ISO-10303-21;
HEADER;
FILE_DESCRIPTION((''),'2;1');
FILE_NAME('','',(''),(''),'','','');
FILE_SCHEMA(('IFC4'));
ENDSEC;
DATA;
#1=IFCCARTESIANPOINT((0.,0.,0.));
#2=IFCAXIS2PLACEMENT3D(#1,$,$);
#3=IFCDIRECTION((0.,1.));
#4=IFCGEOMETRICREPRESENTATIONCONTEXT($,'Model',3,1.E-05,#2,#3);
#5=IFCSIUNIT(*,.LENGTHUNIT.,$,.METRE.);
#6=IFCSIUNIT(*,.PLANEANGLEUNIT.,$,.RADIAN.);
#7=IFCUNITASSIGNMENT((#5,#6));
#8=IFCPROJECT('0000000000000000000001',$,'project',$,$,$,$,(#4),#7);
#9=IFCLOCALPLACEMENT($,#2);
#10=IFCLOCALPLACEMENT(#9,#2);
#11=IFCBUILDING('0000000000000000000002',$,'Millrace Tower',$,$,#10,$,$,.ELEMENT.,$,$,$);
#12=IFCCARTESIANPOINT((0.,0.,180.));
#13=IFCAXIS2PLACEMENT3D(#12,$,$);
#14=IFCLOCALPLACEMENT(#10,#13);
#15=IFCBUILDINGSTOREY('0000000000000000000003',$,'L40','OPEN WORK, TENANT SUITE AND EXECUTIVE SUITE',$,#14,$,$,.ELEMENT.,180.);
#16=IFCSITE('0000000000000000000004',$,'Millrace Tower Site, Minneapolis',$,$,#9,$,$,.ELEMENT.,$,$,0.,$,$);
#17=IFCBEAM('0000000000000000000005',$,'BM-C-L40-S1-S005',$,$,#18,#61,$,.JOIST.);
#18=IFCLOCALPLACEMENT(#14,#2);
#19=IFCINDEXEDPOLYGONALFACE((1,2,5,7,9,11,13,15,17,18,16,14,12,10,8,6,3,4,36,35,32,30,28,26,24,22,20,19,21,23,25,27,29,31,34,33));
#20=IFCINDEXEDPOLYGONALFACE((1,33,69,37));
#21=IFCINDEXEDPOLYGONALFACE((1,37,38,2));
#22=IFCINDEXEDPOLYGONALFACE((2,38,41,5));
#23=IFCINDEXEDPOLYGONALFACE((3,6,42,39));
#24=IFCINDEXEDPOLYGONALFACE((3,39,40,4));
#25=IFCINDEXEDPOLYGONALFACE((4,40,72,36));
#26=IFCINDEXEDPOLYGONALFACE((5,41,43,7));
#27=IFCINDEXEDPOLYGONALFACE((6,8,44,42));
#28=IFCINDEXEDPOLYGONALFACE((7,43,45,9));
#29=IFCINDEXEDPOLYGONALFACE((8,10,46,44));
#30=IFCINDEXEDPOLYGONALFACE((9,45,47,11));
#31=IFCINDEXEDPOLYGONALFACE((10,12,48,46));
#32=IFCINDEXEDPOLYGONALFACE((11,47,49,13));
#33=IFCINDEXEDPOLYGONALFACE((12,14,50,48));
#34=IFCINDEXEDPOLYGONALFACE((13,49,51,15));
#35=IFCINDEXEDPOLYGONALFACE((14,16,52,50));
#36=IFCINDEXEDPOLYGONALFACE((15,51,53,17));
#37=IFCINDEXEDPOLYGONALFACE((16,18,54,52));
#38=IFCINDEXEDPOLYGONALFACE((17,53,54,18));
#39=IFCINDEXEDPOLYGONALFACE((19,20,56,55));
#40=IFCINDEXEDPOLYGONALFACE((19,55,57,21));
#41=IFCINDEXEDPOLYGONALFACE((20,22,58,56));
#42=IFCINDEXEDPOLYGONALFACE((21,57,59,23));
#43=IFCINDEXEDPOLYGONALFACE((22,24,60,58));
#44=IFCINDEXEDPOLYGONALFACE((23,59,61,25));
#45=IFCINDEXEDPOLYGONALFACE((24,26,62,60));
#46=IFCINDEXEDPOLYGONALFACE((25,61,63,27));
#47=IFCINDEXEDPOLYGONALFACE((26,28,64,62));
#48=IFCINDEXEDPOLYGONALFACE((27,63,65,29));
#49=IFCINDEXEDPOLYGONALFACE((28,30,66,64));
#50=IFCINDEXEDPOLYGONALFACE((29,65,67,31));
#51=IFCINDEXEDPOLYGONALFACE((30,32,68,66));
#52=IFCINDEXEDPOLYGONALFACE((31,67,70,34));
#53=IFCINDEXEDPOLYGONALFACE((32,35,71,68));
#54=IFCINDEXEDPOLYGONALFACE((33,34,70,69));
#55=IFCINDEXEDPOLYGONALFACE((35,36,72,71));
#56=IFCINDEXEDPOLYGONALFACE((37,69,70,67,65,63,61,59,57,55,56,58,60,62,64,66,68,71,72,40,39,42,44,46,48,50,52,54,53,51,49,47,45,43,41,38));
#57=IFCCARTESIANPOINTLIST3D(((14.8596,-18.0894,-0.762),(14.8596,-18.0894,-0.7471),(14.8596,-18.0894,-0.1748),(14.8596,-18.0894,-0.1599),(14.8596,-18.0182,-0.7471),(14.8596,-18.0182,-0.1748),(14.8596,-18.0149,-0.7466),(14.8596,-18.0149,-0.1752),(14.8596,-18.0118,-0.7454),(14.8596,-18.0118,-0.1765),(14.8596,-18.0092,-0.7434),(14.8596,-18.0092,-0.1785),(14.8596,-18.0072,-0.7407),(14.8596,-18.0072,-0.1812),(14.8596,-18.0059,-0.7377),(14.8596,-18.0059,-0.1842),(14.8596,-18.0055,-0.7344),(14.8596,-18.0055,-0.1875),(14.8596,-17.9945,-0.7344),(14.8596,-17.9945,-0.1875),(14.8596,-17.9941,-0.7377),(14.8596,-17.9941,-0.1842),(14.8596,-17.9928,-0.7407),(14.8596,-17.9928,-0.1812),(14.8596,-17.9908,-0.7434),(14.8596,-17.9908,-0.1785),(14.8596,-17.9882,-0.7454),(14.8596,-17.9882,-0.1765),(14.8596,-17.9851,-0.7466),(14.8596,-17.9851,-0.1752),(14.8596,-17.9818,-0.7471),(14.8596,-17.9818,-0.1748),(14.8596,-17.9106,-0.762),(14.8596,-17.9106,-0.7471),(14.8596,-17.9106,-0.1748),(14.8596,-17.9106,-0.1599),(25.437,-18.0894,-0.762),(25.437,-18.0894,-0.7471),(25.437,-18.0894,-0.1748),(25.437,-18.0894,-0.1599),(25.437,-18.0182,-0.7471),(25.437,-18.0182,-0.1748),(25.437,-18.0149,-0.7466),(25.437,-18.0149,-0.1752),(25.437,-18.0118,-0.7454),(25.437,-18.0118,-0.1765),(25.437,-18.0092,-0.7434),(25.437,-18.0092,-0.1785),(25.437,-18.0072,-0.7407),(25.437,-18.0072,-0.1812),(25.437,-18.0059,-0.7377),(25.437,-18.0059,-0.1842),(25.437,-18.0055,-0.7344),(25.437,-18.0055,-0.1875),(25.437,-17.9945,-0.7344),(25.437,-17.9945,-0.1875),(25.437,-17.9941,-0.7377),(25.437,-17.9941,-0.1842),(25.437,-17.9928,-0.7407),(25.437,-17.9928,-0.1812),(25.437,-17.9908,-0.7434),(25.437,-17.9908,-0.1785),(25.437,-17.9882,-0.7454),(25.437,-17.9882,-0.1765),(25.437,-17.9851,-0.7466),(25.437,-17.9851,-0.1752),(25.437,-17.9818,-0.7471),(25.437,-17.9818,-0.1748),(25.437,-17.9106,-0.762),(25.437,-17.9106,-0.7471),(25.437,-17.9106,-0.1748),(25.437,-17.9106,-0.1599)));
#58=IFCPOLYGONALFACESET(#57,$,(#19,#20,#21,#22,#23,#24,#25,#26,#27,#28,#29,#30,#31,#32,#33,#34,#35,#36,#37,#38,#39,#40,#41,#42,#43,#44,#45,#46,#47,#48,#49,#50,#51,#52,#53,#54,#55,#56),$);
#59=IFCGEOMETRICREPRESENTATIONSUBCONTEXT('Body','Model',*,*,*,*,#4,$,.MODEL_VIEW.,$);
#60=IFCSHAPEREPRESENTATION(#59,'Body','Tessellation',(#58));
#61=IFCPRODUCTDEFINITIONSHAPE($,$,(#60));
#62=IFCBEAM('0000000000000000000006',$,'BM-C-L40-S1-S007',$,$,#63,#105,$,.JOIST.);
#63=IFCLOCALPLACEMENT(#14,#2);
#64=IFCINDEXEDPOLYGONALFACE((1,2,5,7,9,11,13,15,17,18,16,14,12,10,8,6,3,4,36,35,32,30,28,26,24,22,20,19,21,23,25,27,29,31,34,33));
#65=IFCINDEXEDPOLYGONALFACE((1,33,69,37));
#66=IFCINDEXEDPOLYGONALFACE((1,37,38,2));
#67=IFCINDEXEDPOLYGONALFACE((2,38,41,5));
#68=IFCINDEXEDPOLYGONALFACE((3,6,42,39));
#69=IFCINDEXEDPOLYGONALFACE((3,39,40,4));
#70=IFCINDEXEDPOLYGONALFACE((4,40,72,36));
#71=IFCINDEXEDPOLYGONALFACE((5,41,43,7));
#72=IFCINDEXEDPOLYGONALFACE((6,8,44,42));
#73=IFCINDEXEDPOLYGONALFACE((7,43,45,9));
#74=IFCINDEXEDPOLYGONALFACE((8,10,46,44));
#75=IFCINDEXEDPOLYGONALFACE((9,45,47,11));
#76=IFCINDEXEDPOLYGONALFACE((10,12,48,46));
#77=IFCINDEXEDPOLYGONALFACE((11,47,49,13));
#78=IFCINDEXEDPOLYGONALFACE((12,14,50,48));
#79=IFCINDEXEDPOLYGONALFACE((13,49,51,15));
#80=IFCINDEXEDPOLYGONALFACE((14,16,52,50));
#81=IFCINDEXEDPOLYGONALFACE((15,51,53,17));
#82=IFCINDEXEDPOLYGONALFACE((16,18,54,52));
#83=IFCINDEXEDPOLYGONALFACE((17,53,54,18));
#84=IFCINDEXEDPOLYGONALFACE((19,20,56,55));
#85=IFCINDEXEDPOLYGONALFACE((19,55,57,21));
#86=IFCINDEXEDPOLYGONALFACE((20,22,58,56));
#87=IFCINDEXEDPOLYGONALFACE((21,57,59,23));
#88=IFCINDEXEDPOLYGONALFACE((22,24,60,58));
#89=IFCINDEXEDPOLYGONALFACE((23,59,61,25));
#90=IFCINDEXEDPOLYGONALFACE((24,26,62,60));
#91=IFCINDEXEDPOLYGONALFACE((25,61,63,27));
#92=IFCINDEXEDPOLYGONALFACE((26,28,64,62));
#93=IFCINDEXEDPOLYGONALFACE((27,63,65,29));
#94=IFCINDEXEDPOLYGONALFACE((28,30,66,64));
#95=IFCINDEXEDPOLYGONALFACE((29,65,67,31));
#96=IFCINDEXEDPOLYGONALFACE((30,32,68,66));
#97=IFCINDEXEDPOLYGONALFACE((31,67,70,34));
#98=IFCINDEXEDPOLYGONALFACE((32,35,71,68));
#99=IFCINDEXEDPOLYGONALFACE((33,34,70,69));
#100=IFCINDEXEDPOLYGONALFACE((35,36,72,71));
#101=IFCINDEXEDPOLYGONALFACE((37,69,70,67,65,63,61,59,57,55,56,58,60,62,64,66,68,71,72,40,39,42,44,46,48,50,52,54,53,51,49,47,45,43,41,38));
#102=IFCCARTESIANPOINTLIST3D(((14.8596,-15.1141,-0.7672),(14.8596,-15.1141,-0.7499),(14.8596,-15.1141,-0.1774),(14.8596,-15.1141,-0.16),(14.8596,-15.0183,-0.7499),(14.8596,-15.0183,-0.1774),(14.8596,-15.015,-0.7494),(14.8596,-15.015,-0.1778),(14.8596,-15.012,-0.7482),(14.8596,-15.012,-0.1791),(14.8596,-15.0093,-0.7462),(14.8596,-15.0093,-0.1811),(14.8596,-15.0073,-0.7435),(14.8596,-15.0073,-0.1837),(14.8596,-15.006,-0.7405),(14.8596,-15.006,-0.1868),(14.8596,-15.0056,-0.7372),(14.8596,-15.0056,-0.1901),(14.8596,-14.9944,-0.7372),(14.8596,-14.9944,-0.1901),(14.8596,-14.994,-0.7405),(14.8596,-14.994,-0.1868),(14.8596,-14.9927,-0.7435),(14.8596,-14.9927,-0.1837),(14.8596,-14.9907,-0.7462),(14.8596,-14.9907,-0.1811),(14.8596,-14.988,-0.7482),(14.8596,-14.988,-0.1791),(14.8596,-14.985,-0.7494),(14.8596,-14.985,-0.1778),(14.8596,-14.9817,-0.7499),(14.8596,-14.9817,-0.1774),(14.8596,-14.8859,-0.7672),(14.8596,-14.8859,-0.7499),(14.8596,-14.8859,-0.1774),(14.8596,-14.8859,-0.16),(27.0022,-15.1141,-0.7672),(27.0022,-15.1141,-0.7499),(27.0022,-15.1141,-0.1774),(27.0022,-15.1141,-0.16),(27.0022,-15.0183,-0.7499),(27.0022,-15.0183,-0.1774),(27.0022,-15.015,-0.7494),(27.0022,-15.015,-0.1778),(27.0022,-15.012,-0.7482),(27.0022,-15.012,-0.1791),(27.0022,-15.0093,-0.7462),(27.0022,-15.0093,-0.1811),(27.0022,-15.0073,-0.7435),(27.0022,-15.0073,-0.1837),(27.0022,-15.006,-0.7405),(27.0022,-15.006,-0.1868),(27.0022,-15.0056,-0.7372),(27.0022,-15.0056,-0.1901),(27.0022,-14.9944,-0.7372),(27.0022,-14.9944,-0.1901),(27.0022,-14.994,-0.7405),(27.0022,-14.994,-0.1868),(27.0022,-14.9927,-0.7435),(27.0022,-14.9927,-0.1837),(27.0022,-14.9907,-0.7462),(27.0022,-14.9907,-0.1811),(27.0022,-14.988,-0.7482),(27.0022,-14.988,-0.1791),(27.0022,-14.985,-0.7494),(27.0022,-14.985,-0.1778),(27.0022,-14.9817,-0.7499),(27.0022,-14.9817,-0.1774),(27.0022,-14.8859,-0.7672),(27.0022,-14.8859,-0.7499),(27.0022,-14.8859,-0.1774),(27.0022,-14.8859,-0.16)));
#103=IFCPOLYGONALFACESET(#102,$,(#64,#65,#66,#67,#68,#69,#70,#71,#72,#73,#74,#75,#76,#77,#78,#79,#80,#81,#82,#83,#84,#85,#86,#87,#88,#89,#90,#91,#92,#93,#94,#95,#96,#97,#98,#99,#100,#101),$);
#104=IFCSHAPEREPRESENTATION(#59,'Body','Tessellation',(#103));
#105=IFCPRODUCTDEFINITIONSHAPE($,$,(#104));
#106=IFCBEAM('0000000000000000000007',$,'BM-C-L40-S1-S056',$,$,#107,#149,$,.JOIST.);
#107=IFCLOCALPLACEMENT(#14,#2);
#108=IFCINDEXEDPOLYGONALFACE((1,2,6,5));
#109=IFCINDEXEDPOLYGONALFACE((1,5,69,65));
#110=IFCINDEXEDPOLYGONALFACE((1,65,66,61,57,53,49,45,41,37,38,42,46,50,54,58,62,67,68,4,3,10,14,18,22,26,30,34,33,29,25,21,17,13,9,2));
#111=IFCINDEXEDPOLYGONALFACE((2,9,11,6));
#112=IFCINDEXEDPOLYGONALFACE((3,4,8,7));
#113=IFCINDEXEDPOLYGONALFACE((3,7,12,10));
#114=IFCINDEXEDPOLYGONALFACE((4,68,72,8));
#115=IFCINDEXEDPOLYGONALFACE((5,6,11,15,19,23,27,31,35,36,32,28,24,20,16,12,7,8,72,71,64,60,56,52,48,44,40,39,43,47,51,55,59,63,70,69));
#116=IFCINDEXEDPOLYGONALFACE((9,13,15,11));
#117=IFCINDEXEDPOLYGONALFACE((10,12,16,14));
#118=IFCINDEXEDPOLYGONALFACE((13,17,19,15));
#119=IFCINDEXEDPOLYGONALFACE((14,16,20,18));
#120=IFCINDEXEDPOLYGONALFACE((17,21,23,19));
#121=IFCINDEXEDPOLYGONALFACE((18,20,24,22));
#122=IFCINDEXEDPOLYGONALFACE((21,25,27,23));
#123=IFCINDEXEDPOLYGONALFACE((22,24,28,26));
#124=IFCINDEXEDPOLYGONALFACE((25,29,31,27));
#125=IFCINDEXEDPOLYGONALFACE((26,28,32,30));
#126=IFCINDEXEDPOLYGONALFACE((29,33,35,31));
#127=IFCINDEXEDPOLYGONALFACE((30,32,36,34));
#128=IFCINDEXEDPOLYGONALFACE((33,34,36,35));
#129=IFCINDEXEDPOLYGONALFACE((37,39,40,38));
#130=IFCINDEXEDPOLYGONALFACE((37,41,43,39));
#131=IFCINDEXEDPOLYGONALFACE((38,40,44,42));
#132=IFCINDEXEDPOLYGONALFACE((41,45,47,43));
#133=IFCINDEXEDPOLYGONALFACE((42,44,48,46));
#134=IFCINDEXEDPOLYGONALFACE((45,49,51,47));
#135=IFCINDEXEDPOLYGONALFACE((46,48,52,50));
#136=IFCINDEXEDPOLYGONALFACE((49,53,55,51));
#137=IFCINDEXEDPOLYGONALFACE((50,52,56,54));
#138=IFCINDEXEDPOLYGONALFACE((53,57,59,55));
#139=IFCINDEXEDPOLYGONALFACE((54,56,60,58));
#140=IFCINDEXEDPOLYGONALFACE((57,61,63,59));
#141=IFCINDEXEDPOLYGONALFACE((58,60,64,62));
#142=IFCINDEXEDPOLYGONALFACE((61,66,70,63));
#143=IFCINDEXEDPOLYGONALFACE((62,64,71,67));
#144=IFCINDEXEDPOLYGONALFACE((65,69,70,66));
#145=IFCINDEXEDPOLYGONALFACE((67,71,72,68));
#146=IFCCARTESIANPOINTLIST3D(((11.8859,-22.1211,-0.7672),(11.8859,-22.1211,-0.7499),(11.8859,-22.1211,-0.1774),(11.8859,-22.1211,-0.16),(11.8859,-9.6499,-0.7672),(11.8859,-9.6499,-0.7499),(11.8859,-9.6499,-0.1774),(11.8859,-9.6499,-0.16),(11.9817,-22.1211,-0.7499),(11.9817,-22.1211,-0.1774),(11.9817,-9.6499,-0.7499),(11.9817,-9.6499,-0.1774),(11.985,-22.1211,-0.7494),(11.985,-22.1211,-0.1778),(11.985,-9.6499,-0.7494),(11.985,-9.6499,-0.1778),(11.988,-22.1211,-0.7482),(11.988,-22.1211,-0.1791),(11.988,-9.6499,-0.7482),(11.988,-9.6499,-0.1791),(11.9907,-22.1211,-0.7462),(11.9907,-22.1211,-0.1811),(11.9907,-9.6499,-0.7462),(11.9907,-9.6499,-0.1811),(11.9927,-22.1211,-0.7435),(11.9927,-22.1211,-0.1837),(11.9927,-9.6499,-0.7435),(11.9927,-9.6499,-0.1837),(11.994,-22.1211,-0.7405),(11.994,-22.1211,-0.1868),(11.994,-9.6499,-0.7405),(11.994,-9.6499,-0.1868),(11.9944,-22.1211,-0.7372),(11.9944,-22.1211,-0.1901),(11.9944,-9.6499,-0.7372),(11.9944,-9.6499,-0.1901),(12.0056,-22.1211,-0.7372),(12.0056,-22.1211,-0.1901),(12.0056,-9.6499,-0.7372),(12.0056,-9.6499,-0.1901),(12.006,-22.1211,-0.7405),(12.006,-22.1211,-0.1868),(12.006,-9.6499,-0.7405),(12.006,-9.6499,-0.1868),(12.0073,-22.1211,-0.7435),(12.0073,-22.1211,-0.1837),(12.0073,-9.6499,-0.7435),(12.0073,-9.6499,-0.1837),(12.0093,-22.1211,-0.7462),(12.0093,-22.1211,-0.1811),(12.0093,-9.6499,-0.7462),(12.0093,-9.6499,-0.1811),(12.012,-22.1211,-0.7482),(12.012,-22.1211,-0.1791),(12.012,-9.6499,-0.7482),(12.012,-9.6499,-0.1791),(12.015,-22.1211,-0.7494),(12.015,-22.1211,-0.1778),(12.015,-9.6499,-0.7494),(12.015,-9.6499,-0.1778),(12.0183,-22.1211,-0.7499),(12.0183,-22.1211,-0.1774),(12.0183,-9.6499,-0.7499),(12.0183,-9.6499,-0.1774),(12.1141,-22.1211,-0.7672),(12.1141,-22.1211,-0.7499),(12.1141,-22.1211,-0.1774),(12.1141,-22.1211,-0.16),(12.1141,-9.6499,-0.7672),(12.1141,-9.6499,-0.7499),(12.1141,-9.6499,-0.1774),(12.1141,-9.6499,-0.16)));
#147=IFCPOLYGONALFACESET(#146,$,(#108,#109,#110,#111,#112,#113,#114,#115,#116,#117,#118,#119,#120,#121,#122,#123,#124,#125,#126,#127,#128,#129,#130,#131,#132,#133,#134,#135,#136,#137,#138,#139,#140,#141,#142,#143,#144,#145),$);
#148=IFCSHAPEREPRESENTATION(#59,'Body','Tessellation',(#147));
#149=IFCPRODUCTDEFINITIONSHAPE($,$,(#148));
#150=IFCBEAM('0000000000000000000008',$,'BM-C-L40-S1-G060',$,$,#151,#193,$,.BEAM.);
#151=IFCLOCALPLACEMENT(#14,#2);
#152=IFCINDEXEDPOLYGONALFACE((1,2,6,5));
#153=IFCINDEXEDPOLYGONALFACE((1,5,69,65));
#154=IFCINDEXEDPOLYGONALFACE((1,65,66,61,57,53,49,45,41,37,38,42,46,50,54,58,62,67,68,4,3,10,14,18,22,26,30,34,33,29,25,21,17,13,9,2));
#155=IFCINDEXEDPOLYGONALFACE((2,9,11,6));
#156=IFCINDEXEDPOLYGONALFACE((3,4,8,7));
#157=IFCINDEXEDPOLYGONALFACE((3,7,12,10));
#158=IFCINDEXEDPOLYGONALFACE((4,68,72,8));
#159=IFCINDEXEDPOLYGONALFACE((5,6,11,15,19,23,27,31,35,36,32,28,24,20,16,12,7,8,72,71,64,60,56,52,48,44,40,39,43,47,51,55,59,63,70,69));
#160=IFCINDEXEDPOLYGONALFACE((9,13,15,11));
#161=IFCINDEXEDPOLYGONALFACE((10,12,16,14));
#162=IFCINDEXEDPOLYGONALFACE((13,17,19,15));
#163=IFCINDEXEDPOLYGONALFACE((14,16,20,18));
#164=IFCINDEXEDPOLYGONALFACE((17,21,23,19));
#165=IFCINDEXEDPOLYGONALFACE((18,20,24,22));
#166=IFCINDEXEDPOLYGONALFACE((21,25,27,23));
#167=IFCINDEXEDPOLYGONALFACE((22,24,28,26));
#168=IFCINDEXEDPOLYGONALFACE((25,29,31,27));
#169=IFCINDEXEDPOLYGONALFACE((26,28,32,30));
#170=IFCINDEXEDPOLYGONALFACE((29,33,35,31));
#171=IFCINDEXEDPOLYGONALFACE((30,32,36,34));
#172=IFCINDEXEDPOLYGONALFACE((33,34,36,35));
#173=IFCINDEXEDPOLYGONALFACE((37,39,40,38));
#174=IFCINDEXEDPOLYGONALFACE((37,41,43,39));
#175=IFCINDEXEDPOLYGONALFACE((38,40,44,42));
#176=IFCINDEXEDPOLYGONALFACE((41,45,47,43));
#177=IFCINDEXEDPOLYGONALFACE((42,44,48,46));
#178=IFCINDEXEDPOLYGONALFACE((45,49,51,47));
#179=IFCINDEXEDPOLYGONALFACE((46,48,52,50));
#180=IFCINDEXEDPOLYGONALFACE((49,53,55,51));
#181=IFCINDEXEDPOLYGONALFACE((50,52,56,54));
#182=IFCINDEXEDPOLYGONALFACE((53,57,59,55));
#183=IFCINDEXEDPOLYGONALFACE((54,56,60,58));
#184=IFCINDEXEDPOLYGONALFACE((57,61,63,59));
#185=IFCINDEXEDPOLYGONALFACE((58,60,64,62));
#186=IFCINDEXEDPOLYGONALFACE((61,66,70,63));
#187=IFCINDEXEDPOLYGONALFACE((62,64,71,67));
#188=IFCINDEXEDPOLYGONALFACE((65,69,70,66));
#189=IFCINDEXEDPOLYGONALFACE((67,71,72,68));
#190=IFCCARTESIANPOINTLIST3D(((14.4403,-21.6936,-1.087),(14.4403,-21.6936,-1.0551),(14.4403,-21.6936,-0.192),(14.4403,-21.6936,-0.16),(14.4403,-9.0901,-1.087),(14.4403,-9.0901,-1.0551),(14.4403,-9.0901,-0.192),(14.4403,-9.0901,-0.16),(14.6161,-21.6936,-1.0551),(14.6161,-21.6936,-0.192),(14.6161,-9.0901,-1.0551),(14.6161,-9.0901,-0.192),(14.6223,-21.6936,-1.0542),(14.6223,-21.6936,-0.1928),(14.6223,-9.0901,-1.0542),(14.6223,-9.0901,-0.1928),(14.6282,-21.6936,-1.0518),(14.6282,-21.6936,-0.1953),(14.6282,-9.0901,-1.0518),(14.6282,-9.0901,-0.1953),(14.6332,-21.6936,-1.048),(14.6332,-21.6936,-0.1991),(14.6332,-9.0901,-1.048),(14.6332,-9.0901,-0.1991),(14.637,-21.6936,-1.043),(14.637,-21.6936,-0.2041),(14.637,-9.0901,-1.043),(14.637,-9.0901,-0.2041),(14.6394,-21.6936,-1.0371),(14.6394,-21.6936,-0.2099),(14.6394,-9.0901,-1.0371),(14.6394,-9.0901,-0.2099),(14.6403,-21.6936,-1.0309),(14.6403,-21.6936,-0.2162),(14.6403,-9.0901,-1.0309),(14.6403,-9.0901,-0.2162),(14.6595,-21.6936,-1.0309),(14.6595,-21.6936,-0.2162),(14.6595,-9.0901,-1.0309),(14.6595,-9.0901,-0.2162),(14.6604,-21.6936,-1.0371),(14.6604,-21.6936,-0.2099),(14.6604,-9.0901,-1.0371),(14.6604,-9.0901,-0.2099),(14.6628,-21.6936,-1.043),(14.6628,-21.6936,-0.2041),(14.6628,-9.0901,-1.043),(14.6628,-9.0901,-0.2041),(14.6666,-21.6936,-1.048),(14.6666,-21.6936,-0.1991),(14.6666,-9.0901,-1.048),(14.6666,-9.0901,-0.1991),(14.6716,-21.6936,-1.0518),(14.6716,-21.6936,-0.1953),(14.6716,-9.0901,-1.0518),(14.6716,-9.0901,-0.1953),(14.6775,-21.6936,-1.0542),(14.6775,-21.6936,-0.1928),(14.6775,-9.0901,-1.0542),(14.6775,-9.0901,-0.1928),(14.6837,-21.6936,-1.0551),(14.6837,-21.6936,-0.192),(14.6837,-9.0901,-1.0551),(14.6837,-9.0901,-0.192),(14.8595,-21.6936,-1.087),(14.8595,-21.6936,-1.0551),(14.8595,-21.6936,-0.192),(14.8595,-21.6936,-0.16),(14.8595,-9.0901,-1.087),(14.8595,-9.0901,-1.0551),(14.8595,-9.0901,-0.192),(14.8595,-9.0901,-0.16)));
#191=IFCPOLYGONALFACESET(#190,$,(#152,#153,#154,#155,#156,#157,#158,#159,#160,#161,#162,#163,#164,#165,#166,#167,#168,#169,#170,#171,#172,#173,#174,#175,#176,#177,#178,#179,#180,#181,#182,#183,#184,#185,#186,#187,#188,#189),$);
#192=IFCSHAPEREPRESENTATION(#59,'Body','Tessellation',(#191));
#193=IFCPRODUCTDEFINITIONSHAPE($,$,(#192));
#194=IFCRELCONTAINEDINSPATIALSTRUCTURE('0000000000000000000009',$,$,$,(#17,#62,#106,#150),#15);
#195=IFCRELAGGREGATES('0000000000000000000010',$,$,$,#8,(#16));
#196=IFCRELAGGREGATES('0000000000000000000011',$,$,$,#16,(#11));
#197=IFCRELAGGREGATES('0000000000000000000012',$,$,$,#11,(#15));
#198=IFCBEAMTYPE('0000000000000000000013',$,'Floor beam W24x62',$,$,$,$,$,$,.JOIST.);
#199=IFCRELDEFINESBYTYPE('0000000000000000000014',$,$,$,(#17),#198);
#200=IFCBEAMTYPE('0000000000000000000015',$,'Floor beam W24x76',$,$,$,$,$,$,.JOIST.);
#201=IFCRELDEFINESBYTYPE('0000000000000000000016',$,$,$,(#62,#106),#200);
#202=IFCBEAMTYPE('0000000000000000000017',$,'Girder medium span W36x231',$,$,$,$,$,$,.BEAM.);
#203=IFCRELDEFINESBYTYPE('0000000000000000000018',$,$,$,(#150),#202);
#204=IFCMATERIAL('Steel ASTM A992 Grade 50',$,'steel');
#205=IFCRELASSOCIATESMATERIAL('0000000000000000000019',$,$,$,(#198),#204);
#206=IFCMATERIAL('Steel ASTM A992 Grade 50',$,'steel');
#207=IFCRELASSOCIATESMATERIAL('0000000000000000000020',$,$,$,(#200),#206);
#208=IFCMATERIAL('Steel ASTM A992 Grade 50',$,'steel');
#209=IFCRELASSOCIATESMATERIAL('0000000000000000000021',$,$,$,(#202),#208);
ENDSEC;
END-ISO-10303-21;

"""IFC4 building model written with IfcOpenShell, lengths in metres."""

from ifc_helpers import new_model, si_unit, direction, frame, origin, origin_2d, place, context, subcontext, project, spatial, i_section, extrude, material, material_profile, profile_set, type_object, element, save


model = new_model("IFC4")

# Units and contexts
model_context = context("Model", 3, precision=1e-05, world=origin(), true_north=direction((0.0, 1.0)))
body_context = subcontext(model_context, "Body", "Model", "MODEL_VIEW")
ifc_project = project(units=[si_unit("LENGTHUNIT", "METRE"), si_unit("PLANEANGLEUNIT", "RADIAN")], contexts=[model_context])

# Site, building, storey
site_placement = place(None, origin())
site = spatial("IfcSite", under=ifc_project, at=site_placement, Name="Millrace Tower Site, Minneapolis", CompositionType="ELEMENT", RefElevation=0.0)
building_placement = place(site_placement, origin())
building = spatial("IfcBuilding", under=site, at=building_placement, Name="Millrace Tower", CompositionType="ELEMENT")
storey_placement = place(building_placement, frame((0.0, 0.0, 180.0)))
storey = spatial("IfcBuildingStorey", under=building, at=storey_placement, Name="L40", Description="OPEN WORK, TENANT SUITE AND EXECUTIVE SUITE", CompositionType="ELEMENT", Elevation=180.0)

# Beams
ifc_material_1 = material(Name="Steel ASTM A992 Grade 50", Category="steel")
ifc_material_profile_1 = material_profile(ifc_material_1, i_section(OverallWidth=0.1787, OverallDepth=0.6021, WebThickness=0.011, FlangeThickness=0.0149, FilletRadius=0.0127, at=origin_2d()))
ifc_profile_set_1 = profile_set([ifc_material_profile_1], Name="Steel ASTM A992 Grade 50")
beam_type_1 = type_object("IfcBeamType", Name="Floor beam W24x62", PredefinedType="JOIST", material=ifc_profile_set_1)
beam_1_placement = place(storey_placement, frame((14.8596, -18.0, -0.4609), z_axis=(1.0, 0.0, 0.0), x_axis=(0.0, 1.0, 0.0)))
element("IfcBeam", 1, at=beam_1_placement, inside=storey, type_object=beam_type_1, Name="BM-C-L40-S1-S005", PredefinedType="JOIST", context=body_context, shape_type="SweptSolid", body=[
    extrude(i_section(OverallWidth=0.1787, OverallDepth=0.6021, WebThickness=0.011, FlangeThickness=0.0149, FilletRadius=0.0127, at=origin_2d()), origin(), (0.0, 0.0, 1.0), 10.5774),
])
ifc_material_2 = material(Name="Steel ASTM A992 Grade 50", Category="steel")
ifc_material_profile_2 = material_profile(ifc_material_2, i_section(OverallWidth=0.2283, OverallDepth=0.6072, WebThickness=0.0112, FlangeThickness=0.0173, FilletRadius=0.0127, at=origin_2d()))
ifc_profile_set_2 = profile_set([ifc_material_profile_2], Name="Steel ASTM A992 Grade 50")
beam_type_2 = type_object("IfcBeamType", Name="Floor beam W24x76", PredefinedType="JOIST", material=ifc_profile_set_2)
beam_2_placement = place(storey_placement, frame((14.8596, -15.0, -0.4636), z_axis=(1.0, 0.0, 0.0), x_axis=(0.0, 1.0, 0.0)))
element("IfcBeam", 2, at=beam_2_placement, inside=storey, type_object=beam_type_2, Name="BM-C-L40-S1-S007", PredefinedType="JOIST", context=body_context, shape_type="SweptSolid", body=[
    extrude(i_section(OverallWidth=0.2283, OverallDepth=0.6072, WebThickness=0.0112, FlangeThickness=0.0173, FilletRadius=0.0127, at=origin_2d()), origin(), (0.0, 0.0, 1.0), 12.1426),
])
beam_3_placement = place(storey_placement, frame((12.0, -22.1211, -0.4636), z_axis=(0.0, 1.0, 0.0), x_axis=(-1.0, 0.0, 0.0)))
element("IfcBeam", 3, at=beam_3_placement, inside=storey, type_object=beam_type_2, Name="BM-C-L40-S1-S056", PredefinedType="JOIST", context=body_context, shape_type="SweptSolid", body=[
    extrude(i_section(OverallWidth=0.2283, OverallDepth=0.6072, WebThickness=0.0112, FlangeThickness=0.0173, FilletRadius=0.0127, at=origin_2d()), origin(), (0.0, 0.0, 1.0), 12.4712),
])
ifc_material_3 = material(Name="Steel ASTM A992 Grade 50", Category="steel")
ifc_material_profile_3 = material_profile(ifc_material_3, i_section(OverallWidth=0.4192, OverallDepth=0.927, WebThickness=0.0193, FlangeThickness=0.032, FilletRadius=0.0242, at=origin_2d()))
ifc_profile_set_3 = profile_set([ifc_material_profile_3], Name="Steel ASTM A992 Grade 50")
beam_type_3 = type_object("IfcBeamType", Name="Girder medium span W36x231", PredefinedType="BEAM", material=ifc_profile_set_3)
beam_4_placement = place(storey_placement, frame((14.6499, -21.6936, -0.6235), z_axis=(0.0, 1.0, 0.0), x_axis=(-1.0, 0.0, 0.0)))
element("IfcBeam", 4, at=beam_4_placement, inside=storey, type_object=beam_type_3, Name="BM-C-L40-S1-G060", PredefinedType="BEAM", context=body_context, shape_type="SweptSolid", body=[
    extrude(i_section(OverallWidth=0.4192, OverallDepth=0.927, WebThickness=0.0193, FlangeThickness=0.032, FilletRadius=0.0242, at=origin_2d()), origin(), (0.0, 0.0, 1.0), 12.6035),
])

save(model, "model.ifc")
